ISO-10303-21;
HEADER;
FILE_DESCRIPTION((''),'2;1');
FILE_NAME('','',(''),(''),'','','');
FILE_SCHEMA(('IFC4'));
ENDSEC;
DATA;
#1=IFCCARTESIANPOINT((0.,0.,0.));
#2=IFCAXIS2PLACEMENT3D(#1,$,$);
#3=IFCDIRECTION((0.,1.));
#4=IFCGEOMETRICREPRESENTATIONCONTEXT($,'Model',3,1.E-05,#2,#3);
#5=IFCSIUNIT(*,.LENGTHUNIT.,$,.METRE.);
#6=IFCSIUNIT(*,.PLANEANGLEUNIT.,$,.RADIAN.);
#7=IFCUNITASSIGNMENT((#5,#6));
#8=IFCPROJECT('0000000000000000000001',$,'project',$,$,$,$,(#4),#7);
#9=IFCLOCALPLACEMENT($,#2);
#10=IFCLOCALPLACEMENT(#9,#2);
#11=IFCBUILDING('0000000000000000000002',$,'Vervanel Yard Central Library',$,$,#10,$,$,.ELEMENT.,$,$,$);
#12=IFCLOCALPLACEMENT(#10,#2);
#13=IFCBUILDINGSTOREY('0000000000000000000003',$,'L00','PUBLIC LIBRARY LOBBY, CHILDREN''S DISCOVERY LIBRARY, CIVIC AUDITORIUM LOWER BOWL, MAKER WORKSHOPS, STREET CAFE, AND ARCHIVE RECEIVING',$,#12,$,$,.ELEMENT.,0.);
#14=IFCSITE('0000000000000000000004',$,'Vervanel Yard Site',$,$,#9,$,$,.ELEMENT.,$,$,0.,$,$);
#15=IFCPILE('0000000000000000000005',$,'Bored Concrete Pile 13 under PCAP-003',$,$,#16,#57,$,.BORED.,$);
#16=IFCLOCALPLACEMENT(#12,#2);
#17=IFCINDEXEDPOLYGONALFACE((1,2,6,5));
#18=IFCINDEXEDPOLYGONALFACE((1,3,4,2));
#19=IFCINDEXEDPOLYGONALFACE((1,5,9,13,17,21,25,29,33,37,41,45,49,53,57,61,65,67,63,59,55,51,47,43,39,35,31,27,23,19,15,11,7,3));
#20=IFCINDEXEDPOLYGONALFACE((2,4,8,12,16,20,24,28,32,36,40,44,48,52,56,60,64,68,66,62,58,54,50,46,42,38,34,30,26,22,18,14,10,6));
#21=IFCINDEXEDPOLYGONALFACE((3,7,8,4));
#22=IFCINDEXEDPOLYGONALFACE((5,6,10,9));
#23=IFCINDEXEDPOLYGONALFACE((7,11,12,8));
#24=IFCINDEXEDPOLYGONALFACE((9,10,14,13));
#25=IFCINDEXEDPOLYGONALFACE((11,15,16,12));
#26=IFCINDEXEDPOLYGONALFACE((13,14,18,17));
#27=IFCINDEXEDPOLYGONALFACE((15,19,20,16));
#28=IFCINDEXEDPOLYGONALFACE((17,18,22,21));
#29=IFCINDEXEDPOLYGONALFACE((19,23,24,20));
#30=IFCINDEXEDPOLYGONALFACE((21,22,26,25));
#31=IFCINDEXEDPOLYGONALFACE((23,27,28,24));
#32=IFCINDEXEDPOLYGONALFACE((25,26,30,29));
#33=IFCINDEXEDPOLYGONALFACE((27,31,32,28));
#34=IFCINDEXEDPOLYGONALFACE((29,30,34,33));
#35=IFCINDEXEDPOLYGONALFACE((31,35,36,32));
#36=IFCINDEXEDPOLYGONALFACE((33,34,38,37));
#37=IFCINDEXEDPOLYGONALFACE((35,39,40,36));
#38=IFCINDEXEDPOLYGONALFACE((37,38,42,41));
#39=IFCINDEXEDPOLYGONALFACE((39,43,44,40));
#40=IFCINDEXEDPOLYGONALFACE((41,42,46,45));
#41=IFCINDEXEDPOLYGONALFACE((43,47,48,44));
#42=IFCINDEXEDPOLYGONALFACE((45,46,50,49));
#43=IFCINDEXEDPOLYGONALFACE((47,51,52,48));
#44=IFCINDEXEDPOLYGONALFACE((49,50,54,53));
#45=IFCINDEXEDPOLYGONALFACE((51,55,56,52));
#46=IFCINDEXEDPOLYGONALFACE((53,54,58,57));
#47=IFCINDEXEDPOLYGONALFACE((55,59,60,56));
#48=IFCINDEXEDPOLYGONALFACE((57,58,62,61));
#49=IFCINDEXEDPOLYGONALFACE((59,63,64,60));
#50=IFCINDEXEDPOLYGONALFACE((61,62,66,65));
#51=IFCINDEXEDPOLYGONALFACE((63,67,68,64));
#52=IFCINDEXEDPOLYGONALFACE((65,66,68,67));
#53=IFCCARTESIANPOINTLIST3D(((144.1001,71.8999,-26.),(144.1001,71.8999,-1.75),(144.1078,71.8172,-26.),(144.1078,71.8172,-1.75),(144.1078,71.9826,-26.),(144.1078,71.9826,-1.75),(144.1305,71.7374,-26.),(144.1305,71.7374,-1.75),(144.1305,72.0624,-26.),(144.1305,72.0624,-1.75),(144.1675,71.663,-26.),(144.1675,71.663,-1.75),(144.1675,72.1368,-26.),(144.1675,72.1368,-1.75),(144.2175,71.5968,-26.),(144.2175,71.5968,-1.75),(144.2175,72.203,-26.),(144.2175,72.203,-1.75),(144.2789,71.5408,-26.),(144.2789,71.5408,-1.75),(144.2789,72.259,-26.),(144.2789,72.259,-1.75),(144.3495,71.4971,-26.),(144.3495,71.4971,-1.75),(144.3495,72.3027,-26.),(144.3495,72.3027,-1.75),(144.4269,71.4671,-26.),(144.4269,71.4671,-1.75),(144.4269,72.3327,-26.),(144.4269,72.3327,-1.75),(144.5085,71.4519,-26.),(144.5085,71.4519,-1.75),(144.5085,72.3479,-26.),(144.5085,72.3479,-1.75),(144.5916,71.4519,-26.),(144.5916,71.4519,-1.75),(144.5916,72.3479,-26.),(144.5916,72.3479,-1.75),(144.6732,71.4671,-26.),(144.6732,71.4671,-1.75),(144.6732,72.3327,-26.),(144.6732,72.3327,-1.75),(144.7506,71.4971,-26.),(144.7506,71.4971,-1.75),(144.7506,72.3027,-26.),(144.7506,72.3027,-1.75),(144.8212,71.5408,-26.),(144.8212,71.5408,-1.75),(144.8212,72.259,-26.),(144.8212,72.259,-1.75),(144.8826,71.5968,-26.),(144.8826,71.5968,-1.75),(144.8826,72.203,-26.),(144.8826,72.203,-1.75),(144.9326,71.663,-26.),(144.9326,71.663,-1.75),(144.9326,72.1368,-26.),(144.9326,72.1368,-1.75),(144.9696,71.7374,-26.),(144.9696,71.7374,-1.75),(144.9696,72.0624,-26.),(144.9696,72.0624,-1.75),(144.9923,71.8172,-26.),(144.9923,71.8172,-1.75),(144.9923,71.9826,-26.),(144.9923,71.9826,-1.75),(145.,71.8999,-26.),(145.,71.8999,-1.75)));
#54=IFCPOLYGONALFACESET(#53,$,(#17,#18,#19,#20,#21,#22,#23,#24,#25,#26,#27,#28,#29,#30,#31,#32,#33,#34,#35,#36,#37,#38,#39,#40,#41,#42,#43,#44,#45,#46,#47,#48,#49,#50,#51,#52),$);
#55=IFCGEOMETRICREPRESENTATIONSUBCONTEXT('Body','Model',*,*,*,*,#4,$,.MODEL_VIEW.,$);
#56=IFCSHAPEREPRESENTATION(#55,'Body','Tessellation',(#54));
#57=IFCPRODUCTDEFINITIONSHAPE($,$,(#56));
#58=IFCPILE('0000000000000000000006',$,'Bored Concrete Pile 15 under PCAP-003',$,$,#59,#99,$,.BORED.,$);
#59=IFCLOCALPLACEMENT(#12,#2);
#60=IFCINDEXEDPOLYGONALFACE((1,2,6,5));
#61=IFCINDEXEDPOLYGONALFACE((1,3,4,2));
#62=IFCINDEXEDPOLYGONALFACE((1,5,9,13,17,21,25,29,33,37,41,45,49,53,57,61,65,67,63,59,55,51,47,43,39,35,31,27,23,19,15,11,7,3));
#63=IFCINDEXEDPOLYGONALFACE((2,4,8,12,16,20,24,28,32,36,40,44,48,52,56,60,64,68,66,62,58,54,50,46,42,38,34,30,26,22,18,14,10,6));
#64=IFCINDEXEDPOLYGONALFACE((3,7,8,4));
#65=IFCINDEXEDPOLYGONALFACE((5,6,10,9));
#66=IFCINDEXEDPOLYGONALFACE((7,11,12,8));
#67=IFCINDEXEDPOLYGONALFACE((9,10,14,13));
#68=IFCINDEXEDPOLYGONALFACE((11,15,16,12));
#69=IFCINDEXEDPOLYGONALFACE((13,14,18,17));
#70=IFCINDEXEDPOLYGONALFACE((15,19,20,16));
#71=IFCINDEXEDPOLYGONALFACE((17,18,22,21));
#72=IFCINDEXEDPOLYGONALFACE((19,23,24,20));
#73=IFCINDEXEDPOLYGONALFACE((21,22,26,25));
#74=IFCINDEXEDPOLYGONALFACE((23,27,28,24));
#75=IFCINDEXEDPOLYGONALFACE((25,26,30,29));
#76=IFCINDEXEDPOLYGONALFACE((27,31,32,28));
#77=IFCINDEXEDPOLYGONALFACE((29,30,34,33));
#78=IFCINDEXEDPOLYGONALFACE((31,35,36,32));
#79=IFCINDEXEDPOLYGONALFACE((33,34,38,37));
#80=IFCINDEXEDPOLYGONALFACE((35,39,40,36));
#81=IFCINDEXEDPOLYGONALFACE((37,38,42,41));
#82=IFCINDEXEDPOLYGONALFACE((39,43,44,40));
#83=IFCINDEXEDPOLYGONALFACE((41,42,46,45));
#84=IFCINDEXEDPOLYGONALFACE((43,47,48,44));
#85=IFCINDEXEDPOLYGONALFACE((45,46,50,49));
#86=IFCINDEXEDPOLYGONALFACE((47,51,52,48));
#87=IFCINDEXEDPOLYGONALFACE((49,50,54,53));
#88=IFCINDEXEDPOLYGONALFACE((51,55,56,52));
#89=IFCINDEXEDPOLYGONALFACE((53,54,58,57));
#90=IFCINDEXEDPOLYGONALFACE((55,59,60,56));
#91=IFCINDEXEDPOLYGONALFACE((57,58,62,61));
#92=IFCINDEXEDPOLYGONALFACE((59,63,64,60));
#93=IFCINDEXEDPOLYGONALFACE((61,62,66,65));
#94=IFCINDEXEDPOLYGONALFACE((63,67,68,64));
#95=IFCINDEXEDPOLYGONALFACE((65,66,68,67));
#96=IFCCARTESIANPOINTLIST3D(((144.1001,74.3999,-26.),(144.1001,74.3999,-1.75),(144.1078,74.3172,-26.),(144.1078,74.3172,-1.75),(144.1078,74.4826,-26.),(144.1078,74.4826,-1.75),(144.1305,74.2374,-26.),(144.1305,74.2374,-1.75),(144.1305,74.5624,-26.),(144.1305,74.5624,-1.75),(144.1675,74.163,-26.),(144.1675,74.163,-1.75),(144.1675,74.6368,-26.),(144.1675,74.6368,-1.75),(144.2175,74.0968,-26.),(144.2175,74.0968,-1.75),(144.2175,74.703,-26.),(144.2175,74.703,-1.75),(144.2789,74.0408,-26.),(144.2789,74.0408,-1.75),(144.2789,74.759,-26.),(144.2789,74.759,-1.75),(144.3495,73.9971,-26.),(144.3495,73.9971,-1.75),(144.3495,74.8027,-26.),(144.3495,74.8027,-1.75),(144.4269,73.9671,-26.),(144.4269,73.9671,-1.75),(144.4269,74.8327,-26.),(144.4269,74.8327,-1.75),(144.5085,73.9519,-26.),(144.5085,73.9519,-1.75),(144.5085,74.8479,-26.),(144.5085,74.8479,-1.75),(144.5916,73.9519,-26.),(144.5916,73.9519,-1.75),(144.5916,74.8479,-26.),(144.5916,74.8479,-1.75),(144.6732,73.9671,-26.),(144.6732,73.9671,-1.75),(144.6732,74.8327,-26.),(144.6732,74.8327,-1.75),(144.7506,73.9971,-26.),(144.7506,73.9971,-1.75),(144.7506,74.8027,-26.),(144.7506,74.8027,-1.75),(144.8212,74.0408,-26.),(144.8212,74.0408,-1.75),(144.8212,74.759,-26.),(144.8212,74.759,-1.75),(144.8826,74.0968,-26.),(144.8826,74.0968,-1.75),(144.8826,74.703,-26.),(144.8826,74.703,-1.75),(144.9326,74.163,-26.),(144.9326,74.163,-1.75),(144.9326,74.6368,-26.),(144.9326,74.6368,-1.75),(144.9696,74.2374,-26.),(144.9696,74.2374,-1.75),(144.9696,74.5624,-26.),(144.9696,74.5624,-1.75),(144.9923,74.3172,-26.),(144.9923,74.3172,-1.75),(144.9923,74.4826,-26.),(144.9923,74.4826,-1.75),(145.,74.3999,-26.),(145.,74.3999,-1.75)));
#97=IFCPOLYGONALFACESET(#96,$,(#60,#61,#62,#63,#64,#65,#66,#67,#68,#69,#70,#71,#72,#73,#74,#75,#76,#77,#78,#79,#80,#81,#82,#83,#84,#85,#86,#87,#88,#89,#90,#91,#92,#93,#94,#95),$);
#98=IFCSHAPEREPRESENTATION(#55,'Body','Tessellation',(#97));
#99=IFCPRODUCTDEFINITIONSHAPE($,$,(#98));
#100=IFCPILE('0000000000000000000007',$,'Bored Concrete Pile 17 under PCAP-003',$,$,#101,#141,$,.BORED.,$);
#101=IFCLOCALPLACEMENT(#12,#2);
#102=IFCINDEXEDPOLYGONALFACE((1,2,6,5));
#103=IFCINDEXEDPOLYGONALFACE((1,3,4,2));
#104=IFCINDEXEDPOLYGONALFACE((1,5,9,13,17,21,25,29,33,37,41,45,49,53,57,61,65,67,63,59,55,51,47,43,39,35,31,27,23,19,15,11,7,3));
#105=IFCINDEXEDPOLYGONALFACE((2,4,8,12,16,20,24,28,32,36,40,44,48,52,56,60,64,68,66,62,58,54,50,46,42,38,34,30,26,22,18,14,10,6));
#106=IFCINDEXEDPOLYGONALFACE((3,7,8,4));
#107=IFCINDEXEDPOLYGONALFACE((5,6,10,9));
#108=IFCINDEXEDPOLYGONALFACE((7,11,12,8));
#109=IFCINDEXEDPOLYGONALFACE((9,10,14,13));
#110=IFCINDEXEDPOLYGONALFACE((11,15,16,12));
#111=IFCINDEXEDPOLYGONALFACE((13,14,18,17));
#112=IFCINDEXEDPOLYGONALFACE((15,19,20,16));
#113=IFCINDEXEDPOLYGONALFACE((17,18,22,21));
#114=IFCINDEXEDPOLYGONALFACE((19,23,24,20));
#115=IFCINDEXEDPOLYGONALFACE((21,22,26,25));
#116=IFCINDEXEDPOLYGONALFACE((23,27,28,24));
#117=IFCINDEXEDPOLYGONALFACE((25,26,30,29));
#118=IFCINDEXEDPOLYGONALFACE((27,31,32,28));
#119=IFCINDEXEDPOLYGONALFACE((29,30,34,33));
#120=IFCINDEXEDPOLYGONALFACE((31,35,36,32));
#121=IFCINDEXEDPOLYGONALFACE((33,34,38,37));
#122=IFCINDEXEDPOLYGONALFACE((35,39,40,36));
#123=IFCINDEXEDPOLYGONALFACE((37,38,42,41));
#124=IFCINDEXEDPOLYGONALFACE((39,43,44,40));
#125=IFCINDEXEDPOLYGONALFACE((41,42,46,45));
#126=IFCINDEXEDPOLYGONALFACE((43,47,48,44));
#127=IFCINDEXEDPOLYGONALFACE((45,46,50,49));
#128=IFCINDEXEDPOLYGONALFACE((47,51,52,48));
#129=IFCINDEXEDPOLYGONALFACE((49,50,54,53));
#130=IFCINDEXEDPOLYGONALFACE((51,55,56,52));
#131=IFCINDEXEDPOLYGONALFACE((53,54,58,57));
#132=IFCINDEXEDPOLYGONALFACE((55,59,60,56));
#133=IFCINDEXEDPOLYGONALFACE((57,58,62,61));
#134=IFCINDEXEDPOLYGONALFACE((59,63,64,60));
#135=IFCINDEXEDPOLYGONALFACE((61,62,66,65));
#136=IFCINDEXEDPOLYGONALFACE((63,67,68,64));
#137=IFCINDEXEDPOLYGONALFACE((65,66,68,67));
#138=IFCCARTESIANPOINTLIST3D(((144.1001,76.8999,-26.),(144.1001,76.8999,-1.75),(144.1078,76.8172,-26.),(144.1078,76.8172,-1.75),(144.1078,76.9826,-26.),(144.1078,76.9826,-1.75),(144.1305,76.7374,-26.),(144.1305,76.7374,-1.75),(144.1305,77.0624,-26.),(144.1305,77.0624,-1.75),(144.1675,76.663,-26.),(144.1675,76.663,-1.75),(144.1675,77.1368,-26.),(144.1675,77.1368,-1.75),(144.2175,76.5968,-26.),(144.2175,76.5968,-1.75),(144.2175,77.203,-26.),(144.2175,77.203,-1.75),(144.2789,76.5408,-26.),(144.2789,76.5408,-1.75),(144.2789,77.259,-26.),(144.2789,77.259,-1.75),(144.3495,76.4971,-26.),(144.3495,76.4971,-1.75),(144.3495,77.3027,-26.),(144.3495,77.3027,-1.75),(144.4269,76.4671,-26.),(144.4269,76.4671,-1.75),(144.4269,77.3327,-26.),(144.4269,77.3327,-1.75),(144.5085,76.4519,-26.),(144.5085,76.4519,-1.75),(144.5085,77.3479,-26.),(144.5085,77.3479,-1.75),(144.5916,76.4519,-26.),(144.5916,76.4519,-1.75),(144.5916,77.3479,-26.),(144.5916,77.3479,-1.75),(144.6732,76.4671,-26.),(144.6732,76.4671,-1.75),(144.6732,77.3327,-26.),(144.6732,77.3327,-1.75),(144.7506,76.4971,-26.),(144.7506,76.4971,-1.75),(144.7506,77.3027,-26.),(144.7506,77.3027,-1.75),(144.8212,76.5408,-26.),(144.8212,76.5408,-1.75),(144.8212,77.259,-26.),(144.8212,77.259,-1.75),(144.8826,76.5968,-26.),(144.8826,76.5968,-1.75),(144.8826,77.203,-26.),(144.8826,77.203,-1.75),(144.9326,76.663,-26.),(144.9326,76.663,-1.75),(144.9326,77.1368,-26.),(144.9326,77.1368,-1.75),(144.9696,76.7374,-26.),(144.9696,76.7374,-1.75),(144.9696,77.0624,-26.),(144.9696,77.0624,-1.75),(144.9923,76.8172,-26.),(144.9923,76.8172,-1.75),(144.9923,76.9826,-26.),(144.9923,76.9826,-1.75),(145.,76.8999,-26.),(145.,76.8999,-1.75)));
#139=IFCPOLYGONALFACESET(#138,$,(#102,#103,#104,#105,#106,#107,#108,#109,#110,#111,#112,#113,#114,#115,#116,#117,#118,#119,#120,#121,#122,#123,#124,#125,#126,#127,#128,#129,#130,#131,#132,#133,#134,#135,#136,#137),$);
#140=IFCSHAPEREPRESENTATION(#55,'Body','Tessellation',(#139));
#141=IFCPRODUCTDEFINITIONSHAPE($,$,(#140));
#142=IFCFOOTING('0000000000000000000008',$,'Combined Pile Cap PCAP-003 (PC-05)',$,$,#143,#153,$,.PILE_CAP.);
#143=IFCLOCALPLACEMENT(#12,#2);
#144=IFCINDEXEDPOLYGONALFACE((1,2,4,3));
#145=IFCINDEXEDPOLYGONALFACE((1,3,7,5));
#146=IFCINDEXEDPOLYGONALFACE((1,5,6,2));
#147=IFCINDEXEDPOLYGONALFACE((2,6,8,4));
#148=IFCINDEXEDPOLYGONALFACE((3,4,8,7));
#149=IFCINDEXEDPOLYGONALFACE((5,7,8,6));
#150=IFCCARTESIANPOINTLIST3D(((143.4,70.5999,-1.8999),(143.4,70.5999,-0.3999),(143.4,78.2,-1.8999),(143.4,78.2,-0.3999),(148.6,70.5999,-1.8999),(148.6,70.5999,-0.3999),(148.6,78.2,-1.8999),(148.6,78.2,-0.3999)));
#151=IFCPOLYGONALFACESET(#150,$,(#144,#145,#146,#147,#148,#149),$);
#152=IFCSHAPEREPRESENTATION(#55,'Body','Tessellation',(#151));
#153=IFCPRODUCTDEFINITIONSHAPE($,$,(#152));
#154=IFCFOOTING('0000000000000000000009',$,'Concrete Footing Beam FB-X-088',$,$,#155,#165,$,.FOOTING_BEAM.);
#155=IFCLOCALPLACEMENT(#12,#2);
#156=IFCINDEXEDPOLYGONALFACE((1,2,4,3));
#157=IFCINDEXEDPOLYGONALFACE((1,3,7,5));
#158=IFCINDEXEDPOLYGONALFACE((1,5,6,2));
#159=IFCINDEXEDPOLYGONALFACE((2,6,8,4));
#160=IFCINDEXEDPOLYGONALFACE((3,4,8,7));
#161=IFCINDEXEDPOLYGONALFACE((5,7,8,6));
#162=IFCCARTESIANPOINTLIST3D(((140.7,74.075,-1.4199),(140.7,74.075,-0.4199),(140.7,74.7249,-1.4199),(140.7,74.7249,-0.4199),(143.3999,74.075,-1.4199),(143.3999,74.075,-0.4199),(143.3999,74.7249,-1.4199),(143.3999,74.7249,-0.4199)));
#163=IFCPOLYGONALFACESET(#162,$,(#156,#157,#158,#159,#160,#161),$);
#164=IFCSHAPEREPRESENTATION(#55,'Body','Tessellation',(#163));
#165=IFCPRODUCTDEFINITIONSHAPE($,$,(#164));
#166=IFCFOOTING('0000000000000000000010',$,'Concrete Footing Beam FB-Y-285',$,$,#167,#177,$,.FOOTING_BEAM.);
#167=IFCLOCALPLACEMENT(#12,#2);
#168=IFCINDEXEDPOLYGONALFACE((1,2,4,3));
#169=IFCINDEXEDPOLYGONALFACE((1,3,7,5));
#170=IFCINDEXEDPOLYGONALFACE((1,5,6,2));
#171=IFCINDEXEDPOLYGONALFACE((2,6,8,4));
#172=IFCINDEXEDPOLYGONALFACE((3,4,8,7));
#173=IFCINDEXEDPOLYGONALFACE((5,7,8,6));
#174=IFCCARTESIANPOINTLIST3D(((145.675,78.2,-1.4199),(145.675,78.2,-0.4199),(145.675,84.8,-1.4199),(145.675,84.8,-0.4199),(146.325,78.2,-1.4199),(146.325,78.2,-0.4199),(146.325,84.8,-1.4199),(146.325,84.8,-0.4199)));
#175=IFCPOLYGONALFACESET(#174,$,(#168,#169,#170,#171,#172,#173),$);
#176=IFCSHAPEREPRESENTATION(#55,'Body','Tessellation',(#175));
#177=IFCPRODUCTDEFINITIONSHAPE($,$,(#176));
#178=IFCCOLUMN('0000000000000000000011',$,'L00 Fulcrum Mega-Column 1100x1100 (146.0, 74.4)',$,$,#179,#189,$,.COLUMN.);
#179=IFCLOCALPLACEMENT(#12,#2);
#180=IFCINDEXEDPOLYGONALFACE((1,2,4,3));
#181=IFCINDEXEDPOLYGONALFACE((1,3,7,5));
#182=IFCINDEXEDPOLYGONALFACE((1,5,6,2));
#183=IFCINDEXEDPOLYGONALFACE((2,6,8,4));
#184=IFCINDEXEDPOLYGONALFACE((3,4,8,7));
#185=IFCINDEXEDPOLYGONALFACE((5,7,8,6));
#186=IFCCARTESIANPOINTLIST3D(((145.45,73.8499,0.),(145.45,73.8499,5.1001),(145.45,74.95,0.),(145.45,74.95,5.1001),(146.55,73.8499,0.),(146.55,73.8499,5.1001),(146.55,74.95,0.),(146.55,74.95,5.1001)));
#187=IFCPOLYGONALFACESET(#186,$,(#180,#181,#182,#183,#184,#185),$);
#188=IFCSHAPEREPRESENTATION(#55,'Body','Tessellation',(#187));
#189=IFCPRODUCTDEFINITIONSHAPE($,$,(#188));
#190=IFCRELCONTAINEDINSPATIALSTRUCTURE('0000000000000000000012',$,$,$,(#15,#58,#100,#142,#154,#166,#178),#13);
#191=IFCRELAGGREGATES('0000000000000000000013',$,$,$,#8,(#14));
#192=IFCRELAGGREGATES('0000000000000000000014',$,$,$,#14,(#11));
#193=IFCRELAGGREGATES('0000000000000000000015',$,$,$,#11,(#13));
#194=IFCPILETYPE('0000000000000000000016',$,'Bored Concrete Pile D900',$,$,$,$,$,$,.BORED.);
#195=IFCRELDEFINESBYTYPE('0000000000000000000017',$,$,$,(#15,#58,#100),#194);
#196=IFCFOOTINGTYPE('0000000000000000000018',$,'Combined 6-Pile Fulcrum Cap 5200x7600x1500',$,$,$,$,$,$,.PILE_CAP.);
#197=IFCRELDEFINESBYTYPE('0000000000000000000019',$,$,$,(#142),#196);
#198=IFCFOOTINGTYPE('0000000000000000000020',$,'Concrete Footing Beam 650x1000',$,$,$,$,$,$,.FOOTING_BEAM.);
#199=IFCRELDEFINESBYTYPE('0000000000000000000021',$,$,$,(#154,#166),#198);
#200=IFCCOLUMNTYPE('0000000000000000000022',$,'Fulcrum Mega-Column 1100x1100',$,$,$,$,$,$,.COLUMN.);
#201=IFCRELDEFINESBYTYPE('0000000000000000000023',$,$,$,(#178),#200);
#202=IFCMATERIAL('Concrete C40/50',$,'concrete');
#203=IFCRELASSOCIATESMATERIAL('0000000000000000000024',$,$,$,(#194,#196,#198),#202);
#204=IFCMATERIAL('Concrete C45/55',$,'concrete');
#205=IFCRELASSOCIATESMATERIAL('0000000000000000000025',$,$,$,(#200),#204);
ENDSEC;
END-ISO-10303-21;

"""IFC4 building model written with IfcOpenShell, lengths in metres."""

from ifc_helpers import new_model, si_unit, direction, frame, origin, origin_2d, place, context, subcontext, project, spatial, rectangle, circle, extrude, material, material_profile, profile_set, type_object, element, save


model = new_model("IFC4")

# Units and contexts
model_context = context("Model", 3, precision=1e-05, world=origin(), true_north=direction((0.0, 1.0)))
body_context = subcontext(model_context, "Body", "Model", "MODEL_VIEW")
ifc_project = project(units=[si_unit("LENGTHUNIT", "METRE"), si_unit("PLANEANGLEUNIT", "RADIAN")], contexts=[model_context])

# Site, building, storey
site_placement = place(None, origin())
site = spatial("IfcSite", under=ifc_project, at=site_placement, Name="Vervanel Yard Site", CompositionType="ELEMENT", RefElevation=0.0)
building_placement = place(site_placement, origin())
building = spatial("IfcBuilding", under=site, at=building_placement, Name="Vervanel Yard Central Library", CompositionType="ELEMENT")
storey_placement = place(building_placement, origin())
storey = spatial("IfcBuildingStorey", under=building, at=storey_placement, Name="L00", Description="PUBLIC LIBRARY LOBBY, CHILDREN'S DISCOVERY LIBRARY, CIVIC AUDITORIUM LOWER BOWL, MAKER WORKSHOPS, STREET CAFE, AND ARCHIVE RECEIVING", CompositionType="ELEMENT", Elevation=0.0)

# Piles
ifc_material_1 = material(Name="Concrete C40/50", Category="concrete")
ifc_material_profile_1 = material_profile(ifc_material_1, circle(Radius=0.45, at=origin_2d()), Name="BP D900", Category="concrete")
ifc_profile_set_1 = profile_set([ifc_material_profile_1], Name="Concrete C40/50")
pile_type = type_object("IfcPileType", Name="Bored Concrete Pile D900", PredefinedType="BORED", material=ifc_profile_set_1)
for number, where, z_axis, x_axis, name in (
    (1, (144.55, 71.8999, -1.75), (0.0, 0.0, -1.0), (1.0, 0.0, 0.0), "Bored Concrete Pile 13 under PCAP-003"),
    (2, (144.55, 74.3999, -1.75), (0.0, 0.0, -1.0), (1.0, 0.0, 0.0), "Bored Concrete Pile 15 under PCAP-003"),
    (3, (144.55, 76.8999, -1.75), (0.0, 0.0, -1.0), (1.0, 0.0, 0.0), "Bored Concrete Pile 17 under PCAP-003"),
):
    element("IfcPile", number, at=place(storey_placement, frame(where, z_axis=z_axis, x_axis=x_axis)), inside=storey, type_object=pile_type, Name=name, PredefinedType="BORED", context=body_context, shape_type="SweptSolid", body=[
        extrude(circle(Radius=0.45, at=origin_2d()), origin(), (0.0, 0.0, 1.0), 24.25),
    ])

# Footings
footing_type_1 = type_object("IfcFootingType", Name="Combined 6-Pile Fulcrum Cap 5200x7600x1500", PredefinedType="PILE_CAP", material=ifc_material_1)
footing_1_placement = place(storey_placement, frame((146.0, 74.3999, -1.8999), z_axis=(0.0, 0.0, 1.0), x_axis=(1.0, 0.0, 0.0)))
element("IfcFooting", 4, at=footing_1_placement, inside=storey, type_object=footing_type_1, Name="Combined Pile Cap PCAP-003 (PC-05)", PredefinedType="PILE_CAP", context=body_context, shape_type="SweptSolid", body=[
    extrude(rectangle(XDim=5.2, YDim=7.6001, at=origin_2d()), origin(), (0.0, 0.0, 1.0), 1.5),
])
ifc_material_profile_2 = material_profile(ifc_material_1, rectangle(XDim=0.6499, YDim=1.0, at=origin_2d()), Name="RC 650x1000", Category="concrete")
ifc_profile_set_2 = profile_set([ifc_material_profile_2], Name="Concrete C40/50")
footing_type_2 = type_object("IfcFootingType", Name="Concrete Footing Beam 650x1000", PredefinedType="FOOTING_BEAM", material=ifc_profile_set_2)
footing_2_placement = place(storey_placement, frame((140.7, 74.3999, -0.9199), z_axis=(1.0, 0.0, 0.0), x_axis=(0.0, 1.0, 0.0)))
element("IfcFooting", 5, at=footing_2_placement, inside=storey, type_object=footing_type_2, Name="Concrete Footing Beam FB-X-088", PredefinedType="FOOTING_BEAM", context=body_context, shape_type="SweptSolid", body=[
    extrude(rectangle(XDim=0.6499, YDim=1.0, at=origin_2d()), origin(), (0.0, 0.0, 1.0), 2.7),
])
footing_3_placement = place(storey_placement, frame((146.0, 78.2, -0.9199), z_axis=(0.0, 1.0, 0.0), x_axis=(-1.0, 0.0, 0.0)))
element("IfcFooting", 6, at=footing_3_placement, inside=storey, type_object=footing_type_2, Name="Concrete Footing Beam FB-Y-285", PredefinedType="FOOTING_BEAM", context=body_context, shape_type="SweptSolid", body=[
    extrude(rectangle(XDim=0.6499, YDim=1.0, at=origin_2d()), origin(), (0.0, 0.0, 1.0), 6.6001),
])

# Column
ifc_material_2 = material(Name="Concrete C45/55", Category="concrete")
ifc_material_profile_3 = material_profile(ifc_material_2, rectangle(XDim=1.1001, YDim=1.1001, at=origin_2d()), Name="RC 1100x1100", Category="concrete")
ifc_profile_set_3 = profile_set([ifc_material_profile_3], Name="Concrete C45/55")
column_type = type_object("IfcColumnType", Name="Fulcrum Mega-Column 1100x1100", PredefinedType="COLUMN", material=ifc_profile_set_3)
column_placement = place(storey_placement, frame((146.0, 74.3999, 0.0), z_axis=(0.0, 0.0, 1.0), x_axis=(1.0, 0.0, 0.0)))
element("IfcColumn", 7, at=column_placement, inside=storey, type_object=column_type, Name="L00 Fulcrum Mega-Column 1100x1100 (146.0, 74.4)", PredefinedType="COLUMN", context=body_context, shape_type="SweptSolid", body=[
    extrude(rectangle(XDim=1.1001, YDim=1.1001, at=origin_2d()), origin(), (0.0, 0.0, 1.0), 5.1001),
])

save(model, "model.ifc")
